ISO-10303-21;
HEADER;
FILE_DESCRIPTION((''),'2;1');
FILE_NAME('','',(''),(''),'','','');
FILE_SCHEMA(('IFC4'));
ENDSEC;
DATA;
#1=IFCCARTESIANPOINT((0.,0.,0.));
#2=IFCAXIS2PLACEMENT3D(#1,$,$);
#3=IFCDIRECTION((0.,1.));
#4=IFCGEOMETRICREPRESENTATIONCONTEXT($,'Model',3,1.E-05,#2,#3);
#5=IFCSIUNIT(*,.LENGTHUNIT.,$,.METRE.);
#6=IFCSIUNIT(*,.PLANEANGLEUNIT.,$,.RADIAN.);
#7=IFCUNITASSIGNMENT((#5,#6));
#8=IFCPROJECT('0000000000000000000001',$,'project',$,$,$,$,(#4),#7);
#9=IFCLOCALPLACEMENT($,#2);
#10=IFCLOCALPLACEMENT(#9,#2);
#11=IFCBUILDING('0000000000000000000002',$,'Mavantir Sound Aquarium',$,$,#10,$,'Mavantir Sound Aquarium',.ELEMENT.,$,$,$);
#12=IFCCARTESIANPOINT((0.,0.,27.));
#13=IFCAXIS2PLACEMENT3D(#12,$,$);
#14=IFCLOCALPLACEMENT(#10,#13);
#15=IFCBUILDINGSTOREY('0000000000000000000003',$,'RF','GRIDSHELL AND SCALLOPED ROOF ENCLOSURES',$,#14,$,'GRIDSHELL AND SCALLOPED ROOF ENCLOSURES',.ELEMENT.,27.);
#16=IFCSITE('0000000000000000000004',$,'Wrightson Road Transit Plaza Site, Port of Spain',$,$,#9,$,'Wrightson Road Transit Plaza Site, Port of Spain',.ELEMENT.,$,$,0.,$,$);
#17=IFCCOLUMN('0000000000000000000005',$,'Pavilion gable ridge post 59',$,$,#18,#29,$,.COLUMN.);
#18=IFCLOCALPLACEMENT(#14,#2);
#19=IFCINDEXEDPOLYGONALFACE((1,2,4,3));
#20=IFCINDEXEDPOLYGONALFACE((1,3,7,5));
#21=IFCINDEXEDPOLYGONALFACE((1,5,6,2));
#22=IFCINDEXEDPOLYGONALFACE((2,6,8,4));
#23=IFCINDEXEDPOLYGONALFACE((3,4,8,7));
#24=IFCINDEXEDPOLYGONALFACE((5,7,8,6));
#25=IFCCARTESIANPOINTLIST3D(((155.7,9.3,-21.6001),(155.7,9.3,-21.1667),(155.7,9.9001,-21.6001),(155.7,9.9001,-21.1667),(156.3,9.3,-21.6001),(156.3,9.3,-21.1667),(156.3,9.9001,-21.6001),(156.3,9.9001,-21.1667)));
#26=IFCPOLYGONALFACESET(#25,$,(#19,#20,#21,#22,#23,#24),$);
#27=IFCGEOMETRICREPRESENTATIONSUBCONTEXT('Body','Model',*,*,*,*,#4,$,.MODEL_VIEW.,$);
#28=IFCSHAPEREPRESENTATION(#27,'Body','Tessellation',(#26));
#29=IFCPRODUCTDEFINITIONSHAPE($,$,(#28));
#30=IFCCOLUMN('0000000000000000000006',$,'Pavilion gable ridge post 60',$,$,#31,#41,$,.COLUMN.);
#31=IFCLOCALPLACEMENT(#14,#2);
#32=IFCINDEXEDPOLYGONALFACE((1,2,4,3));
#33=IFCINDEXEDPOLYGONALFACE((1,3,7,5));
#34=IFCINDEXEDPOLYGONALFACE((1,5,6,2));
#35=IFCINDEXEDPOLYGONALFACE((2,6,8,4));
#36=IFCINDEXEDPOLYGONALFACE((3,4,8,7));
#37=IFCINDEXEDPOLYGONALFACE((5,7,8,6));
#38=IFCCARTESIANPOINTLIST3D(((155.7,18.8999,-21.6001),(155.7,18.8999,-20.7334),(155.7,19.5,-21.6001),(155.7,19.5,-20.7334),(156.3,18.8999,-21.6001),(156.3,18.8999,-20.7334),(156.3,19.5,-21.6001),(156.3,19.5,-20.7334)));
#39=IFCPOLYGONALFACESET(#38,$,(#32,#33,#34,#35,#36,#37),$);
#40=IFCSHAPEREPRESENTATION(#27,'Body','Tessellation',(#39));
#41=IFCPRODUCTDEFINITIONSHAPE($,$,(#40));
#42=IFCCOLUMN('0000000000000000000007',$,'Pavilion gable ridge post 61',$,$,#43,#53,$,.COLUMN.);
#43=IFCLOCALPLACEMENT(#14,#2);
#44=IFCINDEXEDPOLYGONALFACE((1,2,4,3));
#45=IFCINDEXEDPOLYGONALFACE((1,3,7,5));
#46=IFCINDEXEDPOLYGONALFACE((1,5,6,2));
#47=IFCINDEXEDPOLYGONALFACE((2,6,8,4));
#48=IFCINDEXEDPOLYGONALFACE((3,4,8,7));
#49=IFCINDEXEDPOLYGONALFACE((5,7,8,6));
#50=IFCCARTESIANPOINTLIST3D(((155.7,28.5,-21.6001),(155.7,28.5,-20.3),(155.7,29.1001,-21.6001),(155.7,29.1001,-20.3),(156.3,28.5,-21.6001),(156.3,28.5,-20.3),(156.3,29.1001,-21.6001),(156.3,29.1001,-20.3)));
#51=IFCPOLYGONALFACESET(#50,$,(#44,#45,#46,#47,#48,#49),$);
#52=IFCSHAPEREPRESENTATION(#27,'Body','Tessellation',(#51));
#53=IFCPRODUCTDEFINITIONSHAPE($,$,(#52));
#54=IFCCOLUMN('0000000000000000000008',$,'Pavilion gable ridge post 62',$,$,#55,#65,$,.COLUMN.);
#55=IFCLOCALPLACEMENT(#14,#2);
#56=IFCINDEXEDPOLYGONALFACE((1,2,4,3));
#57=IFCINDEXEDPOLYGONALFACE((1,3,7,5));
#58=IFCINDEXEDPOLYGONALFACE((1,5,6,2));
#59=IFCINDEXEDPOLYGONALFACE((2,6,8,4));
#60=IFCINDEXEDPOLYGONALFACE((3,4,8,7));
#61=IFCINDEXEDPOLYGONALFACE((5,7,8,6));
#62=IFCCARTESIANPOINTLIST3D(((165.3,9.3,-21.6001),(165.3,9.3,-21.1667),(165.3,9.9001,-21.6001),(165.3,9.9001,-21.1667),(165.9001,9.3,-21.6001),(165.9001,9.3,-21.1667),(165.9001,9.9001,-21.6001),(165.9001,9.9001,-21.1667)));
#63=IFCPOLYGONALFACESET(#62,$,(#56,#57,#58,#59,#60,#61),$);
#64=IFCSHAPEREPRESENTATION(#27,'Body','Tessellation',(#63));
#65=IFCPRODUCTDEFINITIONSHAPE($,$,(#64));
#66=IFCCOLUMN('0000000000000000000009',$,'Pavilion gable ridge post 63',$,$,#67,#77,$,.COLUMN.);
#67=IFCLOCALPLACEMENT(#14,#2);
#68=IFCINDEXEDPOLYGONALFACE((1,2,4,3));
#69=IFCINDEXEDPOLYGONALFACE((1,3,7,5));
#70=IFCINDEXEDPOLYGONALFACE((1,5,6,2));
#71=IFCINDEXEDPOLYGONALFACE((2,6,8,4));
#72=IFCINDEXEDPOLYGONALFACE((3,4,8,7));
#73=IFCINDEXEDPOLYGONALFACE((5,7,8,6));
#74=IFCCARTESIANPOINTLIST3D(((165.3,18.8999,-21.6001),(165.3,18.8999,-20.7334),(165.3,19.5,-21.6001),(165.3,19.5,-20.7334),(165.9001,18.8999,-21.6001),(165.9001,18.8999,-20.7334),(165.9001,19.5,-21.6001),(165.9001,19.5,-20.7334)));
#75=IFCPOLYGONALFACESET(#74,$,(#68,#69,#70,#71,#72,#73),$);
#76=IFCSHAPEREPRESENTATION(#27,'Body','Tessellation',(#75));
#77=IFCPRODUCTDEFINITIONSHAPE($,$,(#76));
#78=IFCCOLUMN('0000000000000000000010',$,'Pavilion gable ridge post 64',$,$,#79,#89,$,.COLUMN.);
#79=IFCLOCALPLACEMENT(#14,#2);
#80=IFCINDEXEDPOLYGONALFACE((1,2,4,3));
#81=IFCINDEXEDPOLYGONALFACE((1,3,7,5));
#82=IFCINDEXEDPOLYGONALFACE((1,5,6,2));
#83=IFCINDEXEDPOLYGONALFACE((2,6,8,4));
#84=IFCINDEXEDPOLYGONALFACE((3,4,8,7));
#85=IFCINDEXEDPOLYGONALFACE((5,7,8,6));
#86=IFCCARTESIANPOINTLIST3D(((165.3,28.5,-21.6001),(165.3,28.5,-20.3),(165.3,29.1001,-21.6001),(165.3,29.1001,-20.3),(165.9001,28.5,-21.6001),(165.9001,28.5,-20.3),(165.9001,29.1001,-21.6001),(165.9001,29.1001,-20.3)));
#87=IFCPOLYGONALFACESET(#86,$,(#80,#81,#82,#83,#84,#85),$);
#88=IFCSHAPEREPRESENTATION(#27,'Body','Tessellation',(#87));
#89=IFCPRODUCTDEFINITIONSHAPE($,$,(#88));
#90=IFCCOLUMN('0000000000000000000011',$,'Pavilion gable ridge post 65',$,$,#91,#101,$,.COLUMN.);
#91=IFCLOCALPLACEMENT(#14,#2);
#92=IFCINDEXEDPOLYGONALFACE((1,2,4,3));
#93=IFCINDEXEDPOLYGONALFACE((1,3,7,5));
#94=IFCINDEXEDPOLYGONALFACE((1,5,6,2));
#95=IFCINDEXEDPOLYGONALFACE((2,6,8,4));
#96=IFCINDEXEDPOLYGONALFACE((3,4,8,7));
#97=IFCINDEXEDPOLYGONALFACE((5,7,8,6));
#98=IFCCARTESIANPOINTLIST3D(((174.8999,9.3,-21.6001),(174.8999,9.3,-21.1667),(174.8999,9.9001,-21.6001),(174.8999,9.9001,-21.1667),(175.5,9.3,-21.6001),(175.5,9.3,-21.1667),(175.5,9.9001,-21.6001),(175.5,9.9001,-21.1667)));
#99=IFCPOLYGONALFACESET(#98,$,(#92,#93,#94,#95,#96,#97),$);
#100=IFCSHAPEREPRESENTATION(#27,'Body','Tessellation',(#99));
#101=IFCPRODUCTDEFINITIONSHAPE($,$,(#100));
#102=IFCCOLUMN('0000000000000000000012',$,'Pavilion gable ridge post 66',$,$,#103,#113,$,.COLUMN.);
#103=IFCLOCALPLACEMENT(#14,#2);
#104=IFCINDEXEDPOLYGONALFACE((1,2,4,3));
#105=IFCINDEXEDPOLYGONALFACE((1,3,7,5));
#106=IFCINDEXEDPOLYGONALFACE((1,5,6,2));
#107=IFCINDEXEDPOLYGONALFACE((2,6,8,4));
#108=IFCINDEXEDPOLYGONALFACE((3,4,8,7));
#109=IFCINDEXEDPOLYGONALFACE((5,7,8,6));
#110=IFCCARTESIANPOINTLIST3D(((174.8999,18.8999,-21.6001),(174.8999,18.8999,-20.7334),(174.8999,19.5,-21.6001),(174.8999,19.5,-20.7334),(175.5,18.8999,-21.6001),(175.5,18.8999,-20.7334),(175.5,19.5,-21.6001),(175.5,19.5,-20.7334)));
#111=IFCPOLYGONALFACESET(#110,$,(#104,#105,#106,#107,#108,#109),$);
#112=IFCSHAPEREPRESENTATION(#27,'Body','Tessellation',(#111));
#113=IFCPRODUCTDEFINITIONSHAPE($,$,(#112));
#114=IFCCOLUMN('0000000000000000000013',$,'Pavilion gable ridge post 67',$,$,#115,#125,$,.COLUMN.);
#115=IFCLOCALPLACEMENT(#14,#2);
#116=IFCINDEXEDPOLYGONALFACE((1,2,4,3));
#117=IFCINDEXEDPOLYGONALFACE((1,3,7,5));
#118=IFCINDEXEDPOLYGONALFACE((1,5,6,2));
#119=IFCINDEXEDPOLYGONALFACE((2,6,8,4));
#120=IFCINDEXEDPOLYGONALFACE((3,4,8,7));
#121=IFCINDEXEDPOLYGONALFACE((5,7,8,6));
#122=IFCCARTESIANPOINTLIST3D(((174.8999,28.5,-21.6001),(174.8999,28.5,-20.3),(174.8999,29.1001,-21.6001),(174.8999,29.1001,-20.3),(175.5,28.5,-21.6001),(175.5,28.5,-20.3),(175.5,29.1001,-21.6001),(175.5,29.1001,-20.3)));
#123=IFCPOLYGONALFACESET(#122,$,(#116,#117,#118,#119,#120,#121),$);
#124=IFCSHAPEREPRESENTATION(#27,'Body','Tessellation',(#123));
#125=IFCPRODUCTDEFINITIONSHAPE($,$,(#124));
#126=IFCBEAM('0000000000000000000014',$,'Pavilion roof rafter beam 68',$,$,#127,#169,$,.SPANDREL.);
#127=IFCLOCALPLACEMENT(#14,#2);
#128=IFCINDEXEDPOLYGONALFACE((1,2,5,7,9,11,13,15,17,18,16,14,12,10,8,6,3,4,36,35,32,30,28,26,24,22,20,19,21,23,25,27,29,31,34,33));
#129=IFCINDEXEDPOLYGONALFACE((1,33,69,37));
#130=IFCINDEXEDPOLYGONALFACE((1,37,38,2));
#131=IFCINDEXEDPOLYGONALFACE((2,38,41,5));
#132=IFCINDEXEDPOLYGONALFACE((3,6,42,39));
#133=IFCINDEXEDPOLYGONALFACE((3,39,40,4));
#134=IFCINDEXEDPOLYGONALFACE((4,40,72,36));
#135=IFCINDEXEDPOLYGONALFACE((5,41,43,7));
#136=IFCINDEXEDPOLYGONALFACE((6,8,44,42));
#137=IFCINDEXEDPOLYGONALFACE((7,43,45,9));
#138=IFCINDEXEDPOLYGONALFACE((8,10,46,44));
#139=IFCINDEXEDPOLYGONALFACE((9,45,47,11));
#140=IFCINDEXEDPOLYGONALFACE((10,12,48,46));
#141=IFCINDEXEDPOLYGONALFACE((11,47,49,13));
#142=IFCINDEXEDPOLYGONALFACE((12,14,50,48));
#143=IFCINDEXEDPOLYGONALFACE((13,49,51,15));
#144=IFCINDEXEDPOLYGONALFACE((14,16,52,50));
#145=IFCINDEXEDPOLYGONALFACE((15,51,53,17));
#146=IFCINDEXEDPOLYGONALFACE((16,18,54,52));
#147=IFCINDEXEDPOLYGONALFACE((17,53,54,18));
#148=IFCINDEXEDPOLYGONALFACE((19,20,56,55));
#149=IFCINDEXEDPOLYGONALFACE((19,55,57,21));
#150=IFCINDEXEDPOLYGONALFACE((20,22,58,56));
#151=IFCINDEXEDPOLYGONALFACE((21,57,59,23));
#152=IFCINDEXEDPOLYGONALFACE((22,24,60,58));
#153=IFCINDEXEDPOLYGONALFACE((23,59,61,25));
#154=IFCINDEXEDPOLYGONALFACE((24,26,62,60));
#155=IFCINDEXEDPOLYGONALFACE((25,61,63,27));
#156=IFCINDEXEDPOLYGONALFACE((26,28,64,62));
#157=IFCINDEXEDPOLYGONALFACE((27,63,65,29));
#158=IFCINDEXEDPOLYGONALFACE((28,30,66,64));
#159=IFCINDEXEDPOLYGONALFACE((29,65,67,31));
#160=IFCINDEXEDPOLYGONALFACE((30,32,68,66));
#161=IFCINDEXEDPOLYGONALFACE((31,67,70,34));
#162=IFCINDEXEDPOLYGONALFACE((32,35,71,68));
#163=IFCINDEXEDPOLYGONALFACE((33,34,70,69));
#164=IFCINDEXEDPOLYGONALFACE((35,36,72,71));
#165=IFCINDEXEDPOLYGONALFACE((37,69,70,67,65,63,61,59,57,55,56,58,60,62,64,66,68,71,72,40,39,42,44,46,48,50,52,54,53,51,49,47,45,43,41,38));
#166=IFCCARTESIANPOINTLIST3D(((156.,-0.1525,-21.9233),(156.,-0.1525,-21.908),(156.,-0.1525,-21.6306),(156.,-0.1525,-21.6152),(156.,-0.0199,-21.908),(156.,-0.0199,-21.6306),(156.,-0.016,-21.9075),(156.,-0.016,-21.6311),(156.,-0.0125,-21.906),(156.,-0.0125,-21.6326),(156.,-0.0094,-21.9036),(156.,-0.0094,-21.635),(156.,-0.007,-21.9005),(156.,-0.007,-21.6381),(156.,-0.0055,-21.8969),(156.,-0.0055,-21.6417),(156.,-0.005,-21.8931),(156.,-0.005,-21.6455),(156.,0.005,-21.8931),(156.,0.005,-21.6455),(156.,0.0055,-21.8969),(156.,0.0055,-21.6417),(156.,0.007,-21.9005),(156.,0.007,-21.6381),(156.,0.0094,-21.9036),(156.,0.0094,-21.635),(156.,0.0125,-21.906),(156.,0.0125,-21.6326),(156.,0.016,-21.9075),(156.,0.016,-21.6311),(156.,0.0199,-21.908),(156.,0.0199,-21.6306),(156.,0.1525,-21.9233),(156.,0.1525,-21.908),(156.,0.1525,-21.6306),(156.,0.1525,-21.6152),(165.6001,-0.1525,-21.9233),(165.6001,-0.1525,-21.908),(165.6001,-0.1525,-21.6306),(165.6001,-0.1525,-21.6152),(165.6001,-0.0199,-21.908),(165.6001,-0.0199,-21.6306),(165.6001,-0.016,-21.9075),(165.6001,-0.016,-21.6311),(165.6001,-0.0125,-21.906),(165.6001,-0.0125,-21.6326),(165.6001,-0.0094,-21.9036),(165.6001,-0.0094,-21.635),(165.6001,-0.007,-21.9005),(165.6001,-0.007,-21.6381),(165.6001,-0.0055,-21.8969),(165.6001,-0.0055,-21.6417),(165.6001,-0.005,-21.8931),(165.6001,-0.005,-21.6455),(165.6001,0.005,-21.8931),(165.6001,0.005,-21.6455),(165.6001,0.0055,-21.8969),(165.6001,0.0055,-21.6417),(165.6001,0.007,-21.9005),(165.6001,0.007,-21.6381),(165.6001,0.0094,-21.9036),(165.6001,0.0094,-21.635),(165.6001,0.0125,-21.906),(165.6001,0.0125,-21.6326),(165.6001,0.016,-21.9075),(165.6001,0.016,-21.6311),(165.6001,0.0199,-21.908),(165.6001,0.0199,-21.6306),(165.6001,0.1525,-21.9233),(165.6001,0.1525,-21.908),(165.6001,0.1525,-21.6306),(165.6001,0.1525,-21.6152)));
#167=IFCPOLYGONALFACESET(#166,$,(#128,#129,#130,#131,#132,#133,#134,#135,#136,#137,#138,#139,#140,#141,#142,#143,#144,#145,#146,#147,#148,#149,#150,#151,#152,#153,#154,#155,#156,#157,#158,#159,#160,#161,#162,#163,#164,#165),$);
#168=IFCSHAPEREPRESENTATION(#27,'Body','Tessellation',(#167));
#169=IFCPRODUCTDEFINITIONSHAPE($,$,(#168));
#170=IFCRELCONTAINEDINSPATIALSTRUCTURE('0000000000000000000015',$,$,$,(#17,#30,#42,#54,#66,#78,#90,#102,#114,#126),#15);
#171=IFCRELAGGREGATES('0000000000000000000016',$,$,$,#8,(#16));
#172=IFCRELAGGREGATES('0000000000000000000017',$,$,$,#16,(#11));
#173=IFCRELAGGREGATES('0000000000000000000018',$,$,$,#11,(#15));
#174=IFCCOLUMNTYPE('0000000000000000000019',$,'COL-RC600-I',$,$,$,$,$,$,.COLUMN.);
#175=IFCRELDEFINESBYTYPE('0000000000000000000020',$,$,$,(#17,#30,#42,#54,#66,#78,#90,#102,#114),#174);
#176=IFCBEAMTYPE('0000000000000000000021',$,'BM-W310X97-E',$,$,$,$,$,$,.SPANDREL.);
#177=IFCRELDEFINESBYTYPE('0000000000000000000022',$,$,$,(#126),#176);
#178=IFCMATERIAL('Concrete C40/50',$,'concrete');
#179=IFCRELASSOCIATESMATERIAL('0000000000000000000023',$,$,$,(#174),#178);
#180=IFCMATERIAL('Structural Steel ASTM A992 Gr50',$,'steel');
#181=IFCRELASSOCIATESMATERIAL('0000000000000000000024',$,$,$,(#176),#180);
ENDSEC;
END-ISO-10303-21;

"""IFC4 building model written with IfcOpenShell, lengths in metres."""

from ifc_helpers import new_model, si_unit, direction, frame, origin, origin_2d, place, context, subcontext, project, spatial, rectangle, i_section, extrude, material, material_profile, profile_set, type_object, element, save


model = new_model("IFC4")

# Units and contexts
model_context = context("Model", 3, precision=1e-05, world=origin(), true_north=direction((0.0, 1.0)))
body_context = subcontext(model_context, "Body", "Model", "MODEL_VIEW")
ifc_project = project(units=[si_unit("LENGTHUNIT", "METRE"), si_unit("PLANEANGLEUNIT", "RADIAN")], contexts=[model_context])

# Site, building, storey
site_placement = place(None, origin())
site = spatial("IfcSite", under=ifc_project, at=site_placement, Name="Wrightson Road Transit Plaza Site, Port of Spain", LongName="Wrightson Road Transit Plaza Site, Port of Spain", CompositionType="ELEMENT", RefElevation=0.0)
building_placement = place(site_placement, origin())
building = spatial("IfcBuilding", under=site, at=building_placement, Name="Mavantir Sound Aquarium", LongName="Mavantir Sound Aquarium", CompositionType="ELEMENT")
storey_placement = place(building_placement, frame((0.0, 0.0, 27.0)))
storey = spatial("IfcBuildingStorey", under=building, at=storey_placement, Name="RF", Description="GRIDSHELL AND SCALLOPED ROOF ENCLOSURES", LongName="GRIDSHELL AND SCALLOPED ROOF ENCLOSURES", CompositionType="ELEMENT", Elevation=27.0)

# Columns
ifc_material_1 = material(Name="Concrete C40/50", Category="concrete")
ifc_material_profile_1 = material_profile(ifc_material_1, rectangle(XDim=0.6001, YDim=0.6001, at=origin_2d()), Name="RC 600X600")
ifc_profile_set_1 = profile_set([ifc_material_profile_1], Name="Concrete C40/50")
column_type = type_object("IfcColumnType", Name="COL-RC600-I", PredefinedType="COLUMN", material=ifc_profile_set_1)
column_1_placement = place(storey_placement, frame((156.0, 9.6001, -21.6001), z_axis=(0.0, 0.0, 1.0), x_axis=(1.0, 0.0, 0.0)))
element("IfcColumn", 1, at=column_1_placement, inside=storey, type_object=column_type, Name="Pavilion gable ridge post 59", PredefinedType="COLUMN", context=body_context, shape_type="SweptSolid", body=[
    extrude(rectangle(XDim=0.6001, YDim=0.6001, at=origin_2d()), origin(), (0.0, 0.0, 1.0), 0.4333),
])
column_2_placement = place(storey_placement, frame((156.0, 19.2, -21.6001), z_axis=(0.0, 0.0, 1.0), x_axis=(1.0, 0.0, 0.0)))
element("IfcColumn", 2, at=column_2_placement, inside=storey, type_object=column_type, Name="Pavilion gable ridge post 60", PredefinedType="COLUMN", context=body_context, shape_type="SweptSolid", body=[
    extrude(rectangle(XDim=0.6001, YDim=0.6001, at=origin_2d()), origin(), (0.0, 0.0, 1.0), 0.8667),
])
column_3_placement = place(storey_placement, frame((156.0, 28.8, -21.6001), z_axis=(0.0, 0.0, 1.0), x_axis=(1.0, 0.0, 0.0)))
element("IfcColumn", 3, at=column_3_placement, inside=storey, type_object=column_type, Name="Pavilion gable ridge post 61", PredefinedType="COLUMN", context=body_context, shape_type="SweptSolid", body=[
    extrude(rectangle(XDim=0.6001, YDim=0.6001, at=origin_2d()), origin(), (0.0, 0.0, 1.0), 1.3),
])
column_4_placement = place(storey_placement, frame((165.6001, 9.6001, -21.6001), z_axis=(0.0, 0.0, 1.0), x_axis=(1.0, 0.0, 0.0)))
element("IfcColumn", 4, at=column_4_placement, inside=storey, type_object=column_type, Name="Pavilion gable ridge post 62", PredefinedType="COLUMN", context=body_context, shape_type="SweptSolid", body=[
    extrude(rectangle(XDim=0.6001, YDim=0.6001, at=origin_2d()), origin(), (0.0, 0.0, 1.0), 0.4333),
])
column_5_placement = place(storey_placement, frame((165.6001, 19.2, -21.6001), z_axis=(0.0, 0.0, 1.0), x_axis=(1.0, 0.0, 0.0)))
element("IfcColumn", 5, at=column_5_placement, inside=storey, type_object=column_type, Name="Pavilion gable ridge post 63", PredefinedType="COLUMN", context=body_context, shape_type="SweptSolid", body=[
    extrude(rectangle(XDim=0.6001, YDim=0.6001, at=origin_2d()), origin(), (0.0, 0.0, 1.0), 0.8667),
])
column_6_placement = place(storey_placement, frame((165.6001, 28.8, -21.6001), z_axis=(0.0, 0.0, 1.0), x_axis=(1.0, 0.0, 0.0)))
element("IfcColumn", 6, at=column_6_placement, inside=storey, type_object=column_type, Name="Pavilion gable ridge post 64", PredefinedType="COLUMN", context=body_context, shape_type="SweptSolid", body=[
    extrude(rectangle(XDim=0.6001, YDim=0.6001, at=origin_2d()), origin(), (0.0, 0.0, 1.0), 1.3),
])
column_7_placement = place(storey_placement, frame((175.2, 9.6001, -21.6001), z_axis=(0.0, 0.0, 1.0), x_axis=(1.0, 0.0, 0.0)))
element("IfcColumn", 7, at=column_7_placement, inside=storey, type_object=column_type, Name="Pavilion gable ridge post 65", PredefinedType="COLUMN", context=body_context, shape_type="SweptSolid", body=[
    extrude(rectangle(XDim=0.6001, YDim=0.6001, at=origin_2d()), origin(), (0.0, 0.0, 1.0), 0.4333),
])
column_8_placement = place(storey_placement, frame((175.2, 19.2, -21.6001), z_axis=(0.0, 0.0, 1.0), x_axis=(1.0, 0.0, 0.0)))
element("IfcColumn", 8, at=column_8_placement, inside=storey, type_object=column_type, Name="Pavilion gable ridge post 66", PredefinedType="COLUMN", context=body_context, shape_type="SweptSolid", body=[
    extrude(rectangle(XDim=0.6001, YDim=0.6001, at=origin_2d()), origin(), (0.0, 0.0, 1.0), 0.8667),
])
column_9_placement = place(storey_placement, frame((175.2, 28.8, -21.6001), z_axis=(0.0, 0.0, 1.0), x_axis=(1.0, 0.0, 0.0)))
element("IfcColumn", 9, at=column_9_placement, inside=storey, type_object=column_type, Name="Pavilion gable ridge post 67", PredefinedType="COLUMN", context=body_context, shape_type="SweptSolid", body=[
    extrude(rectangle(XDim=0.6001, YDim=0.6001, at=origin_2d()), origin(), (0.0, 0.0, 1.0), 1.3),
])

# Beam
ifc_material_2 = material(Name="Structural Steel ASTM A992 Gr50", Category="steel")
ifc_material_profile_2 = material_profile(ifc_material_2, i_section(OverallWidth=0.3049, OverallDepth=0.3081, WebThickness=0.01, FlangeThickness=0.0154, FilletRadius=0.0149, at=origin_2d()), Name="W310X97")
ifc_profile_set_2 = profile_set([ifc_material_profile_2], Name="Structural Steel ASTM A992 Gr50")
beam_type_1 = type_object("IfcBeamType", Name="BM-W310X97-E", PredefinedType="SPANDREL", material=ifc_profile_set_2)
beam_1_placement = place(storey_placement, frame((156.0, 0.0, -21.7693), z_axis=(1.0, 0.0, 0.0), x_axis=(0.0, 1.0, 0.0)))
element("IfcBeam", 10, at=beam_1_placement, inside=storey, type_object=beam_type_1, Name="Pavilion roof rafter beam 68", PredefinedType="SPANDREL", context=body_context, shape_type="SweptSolid", body=[
    extrude(i_section(OverallWidth=0.3049, OverallDepth=0.3081, WebThickness=0.01, FlangeThickness=0.0154, FilletRadius=0.0149, at=origin_2d()), origin(), (0.0, 0.0, 1.0), 9.6001),
])

save(model, "model.ifc")
